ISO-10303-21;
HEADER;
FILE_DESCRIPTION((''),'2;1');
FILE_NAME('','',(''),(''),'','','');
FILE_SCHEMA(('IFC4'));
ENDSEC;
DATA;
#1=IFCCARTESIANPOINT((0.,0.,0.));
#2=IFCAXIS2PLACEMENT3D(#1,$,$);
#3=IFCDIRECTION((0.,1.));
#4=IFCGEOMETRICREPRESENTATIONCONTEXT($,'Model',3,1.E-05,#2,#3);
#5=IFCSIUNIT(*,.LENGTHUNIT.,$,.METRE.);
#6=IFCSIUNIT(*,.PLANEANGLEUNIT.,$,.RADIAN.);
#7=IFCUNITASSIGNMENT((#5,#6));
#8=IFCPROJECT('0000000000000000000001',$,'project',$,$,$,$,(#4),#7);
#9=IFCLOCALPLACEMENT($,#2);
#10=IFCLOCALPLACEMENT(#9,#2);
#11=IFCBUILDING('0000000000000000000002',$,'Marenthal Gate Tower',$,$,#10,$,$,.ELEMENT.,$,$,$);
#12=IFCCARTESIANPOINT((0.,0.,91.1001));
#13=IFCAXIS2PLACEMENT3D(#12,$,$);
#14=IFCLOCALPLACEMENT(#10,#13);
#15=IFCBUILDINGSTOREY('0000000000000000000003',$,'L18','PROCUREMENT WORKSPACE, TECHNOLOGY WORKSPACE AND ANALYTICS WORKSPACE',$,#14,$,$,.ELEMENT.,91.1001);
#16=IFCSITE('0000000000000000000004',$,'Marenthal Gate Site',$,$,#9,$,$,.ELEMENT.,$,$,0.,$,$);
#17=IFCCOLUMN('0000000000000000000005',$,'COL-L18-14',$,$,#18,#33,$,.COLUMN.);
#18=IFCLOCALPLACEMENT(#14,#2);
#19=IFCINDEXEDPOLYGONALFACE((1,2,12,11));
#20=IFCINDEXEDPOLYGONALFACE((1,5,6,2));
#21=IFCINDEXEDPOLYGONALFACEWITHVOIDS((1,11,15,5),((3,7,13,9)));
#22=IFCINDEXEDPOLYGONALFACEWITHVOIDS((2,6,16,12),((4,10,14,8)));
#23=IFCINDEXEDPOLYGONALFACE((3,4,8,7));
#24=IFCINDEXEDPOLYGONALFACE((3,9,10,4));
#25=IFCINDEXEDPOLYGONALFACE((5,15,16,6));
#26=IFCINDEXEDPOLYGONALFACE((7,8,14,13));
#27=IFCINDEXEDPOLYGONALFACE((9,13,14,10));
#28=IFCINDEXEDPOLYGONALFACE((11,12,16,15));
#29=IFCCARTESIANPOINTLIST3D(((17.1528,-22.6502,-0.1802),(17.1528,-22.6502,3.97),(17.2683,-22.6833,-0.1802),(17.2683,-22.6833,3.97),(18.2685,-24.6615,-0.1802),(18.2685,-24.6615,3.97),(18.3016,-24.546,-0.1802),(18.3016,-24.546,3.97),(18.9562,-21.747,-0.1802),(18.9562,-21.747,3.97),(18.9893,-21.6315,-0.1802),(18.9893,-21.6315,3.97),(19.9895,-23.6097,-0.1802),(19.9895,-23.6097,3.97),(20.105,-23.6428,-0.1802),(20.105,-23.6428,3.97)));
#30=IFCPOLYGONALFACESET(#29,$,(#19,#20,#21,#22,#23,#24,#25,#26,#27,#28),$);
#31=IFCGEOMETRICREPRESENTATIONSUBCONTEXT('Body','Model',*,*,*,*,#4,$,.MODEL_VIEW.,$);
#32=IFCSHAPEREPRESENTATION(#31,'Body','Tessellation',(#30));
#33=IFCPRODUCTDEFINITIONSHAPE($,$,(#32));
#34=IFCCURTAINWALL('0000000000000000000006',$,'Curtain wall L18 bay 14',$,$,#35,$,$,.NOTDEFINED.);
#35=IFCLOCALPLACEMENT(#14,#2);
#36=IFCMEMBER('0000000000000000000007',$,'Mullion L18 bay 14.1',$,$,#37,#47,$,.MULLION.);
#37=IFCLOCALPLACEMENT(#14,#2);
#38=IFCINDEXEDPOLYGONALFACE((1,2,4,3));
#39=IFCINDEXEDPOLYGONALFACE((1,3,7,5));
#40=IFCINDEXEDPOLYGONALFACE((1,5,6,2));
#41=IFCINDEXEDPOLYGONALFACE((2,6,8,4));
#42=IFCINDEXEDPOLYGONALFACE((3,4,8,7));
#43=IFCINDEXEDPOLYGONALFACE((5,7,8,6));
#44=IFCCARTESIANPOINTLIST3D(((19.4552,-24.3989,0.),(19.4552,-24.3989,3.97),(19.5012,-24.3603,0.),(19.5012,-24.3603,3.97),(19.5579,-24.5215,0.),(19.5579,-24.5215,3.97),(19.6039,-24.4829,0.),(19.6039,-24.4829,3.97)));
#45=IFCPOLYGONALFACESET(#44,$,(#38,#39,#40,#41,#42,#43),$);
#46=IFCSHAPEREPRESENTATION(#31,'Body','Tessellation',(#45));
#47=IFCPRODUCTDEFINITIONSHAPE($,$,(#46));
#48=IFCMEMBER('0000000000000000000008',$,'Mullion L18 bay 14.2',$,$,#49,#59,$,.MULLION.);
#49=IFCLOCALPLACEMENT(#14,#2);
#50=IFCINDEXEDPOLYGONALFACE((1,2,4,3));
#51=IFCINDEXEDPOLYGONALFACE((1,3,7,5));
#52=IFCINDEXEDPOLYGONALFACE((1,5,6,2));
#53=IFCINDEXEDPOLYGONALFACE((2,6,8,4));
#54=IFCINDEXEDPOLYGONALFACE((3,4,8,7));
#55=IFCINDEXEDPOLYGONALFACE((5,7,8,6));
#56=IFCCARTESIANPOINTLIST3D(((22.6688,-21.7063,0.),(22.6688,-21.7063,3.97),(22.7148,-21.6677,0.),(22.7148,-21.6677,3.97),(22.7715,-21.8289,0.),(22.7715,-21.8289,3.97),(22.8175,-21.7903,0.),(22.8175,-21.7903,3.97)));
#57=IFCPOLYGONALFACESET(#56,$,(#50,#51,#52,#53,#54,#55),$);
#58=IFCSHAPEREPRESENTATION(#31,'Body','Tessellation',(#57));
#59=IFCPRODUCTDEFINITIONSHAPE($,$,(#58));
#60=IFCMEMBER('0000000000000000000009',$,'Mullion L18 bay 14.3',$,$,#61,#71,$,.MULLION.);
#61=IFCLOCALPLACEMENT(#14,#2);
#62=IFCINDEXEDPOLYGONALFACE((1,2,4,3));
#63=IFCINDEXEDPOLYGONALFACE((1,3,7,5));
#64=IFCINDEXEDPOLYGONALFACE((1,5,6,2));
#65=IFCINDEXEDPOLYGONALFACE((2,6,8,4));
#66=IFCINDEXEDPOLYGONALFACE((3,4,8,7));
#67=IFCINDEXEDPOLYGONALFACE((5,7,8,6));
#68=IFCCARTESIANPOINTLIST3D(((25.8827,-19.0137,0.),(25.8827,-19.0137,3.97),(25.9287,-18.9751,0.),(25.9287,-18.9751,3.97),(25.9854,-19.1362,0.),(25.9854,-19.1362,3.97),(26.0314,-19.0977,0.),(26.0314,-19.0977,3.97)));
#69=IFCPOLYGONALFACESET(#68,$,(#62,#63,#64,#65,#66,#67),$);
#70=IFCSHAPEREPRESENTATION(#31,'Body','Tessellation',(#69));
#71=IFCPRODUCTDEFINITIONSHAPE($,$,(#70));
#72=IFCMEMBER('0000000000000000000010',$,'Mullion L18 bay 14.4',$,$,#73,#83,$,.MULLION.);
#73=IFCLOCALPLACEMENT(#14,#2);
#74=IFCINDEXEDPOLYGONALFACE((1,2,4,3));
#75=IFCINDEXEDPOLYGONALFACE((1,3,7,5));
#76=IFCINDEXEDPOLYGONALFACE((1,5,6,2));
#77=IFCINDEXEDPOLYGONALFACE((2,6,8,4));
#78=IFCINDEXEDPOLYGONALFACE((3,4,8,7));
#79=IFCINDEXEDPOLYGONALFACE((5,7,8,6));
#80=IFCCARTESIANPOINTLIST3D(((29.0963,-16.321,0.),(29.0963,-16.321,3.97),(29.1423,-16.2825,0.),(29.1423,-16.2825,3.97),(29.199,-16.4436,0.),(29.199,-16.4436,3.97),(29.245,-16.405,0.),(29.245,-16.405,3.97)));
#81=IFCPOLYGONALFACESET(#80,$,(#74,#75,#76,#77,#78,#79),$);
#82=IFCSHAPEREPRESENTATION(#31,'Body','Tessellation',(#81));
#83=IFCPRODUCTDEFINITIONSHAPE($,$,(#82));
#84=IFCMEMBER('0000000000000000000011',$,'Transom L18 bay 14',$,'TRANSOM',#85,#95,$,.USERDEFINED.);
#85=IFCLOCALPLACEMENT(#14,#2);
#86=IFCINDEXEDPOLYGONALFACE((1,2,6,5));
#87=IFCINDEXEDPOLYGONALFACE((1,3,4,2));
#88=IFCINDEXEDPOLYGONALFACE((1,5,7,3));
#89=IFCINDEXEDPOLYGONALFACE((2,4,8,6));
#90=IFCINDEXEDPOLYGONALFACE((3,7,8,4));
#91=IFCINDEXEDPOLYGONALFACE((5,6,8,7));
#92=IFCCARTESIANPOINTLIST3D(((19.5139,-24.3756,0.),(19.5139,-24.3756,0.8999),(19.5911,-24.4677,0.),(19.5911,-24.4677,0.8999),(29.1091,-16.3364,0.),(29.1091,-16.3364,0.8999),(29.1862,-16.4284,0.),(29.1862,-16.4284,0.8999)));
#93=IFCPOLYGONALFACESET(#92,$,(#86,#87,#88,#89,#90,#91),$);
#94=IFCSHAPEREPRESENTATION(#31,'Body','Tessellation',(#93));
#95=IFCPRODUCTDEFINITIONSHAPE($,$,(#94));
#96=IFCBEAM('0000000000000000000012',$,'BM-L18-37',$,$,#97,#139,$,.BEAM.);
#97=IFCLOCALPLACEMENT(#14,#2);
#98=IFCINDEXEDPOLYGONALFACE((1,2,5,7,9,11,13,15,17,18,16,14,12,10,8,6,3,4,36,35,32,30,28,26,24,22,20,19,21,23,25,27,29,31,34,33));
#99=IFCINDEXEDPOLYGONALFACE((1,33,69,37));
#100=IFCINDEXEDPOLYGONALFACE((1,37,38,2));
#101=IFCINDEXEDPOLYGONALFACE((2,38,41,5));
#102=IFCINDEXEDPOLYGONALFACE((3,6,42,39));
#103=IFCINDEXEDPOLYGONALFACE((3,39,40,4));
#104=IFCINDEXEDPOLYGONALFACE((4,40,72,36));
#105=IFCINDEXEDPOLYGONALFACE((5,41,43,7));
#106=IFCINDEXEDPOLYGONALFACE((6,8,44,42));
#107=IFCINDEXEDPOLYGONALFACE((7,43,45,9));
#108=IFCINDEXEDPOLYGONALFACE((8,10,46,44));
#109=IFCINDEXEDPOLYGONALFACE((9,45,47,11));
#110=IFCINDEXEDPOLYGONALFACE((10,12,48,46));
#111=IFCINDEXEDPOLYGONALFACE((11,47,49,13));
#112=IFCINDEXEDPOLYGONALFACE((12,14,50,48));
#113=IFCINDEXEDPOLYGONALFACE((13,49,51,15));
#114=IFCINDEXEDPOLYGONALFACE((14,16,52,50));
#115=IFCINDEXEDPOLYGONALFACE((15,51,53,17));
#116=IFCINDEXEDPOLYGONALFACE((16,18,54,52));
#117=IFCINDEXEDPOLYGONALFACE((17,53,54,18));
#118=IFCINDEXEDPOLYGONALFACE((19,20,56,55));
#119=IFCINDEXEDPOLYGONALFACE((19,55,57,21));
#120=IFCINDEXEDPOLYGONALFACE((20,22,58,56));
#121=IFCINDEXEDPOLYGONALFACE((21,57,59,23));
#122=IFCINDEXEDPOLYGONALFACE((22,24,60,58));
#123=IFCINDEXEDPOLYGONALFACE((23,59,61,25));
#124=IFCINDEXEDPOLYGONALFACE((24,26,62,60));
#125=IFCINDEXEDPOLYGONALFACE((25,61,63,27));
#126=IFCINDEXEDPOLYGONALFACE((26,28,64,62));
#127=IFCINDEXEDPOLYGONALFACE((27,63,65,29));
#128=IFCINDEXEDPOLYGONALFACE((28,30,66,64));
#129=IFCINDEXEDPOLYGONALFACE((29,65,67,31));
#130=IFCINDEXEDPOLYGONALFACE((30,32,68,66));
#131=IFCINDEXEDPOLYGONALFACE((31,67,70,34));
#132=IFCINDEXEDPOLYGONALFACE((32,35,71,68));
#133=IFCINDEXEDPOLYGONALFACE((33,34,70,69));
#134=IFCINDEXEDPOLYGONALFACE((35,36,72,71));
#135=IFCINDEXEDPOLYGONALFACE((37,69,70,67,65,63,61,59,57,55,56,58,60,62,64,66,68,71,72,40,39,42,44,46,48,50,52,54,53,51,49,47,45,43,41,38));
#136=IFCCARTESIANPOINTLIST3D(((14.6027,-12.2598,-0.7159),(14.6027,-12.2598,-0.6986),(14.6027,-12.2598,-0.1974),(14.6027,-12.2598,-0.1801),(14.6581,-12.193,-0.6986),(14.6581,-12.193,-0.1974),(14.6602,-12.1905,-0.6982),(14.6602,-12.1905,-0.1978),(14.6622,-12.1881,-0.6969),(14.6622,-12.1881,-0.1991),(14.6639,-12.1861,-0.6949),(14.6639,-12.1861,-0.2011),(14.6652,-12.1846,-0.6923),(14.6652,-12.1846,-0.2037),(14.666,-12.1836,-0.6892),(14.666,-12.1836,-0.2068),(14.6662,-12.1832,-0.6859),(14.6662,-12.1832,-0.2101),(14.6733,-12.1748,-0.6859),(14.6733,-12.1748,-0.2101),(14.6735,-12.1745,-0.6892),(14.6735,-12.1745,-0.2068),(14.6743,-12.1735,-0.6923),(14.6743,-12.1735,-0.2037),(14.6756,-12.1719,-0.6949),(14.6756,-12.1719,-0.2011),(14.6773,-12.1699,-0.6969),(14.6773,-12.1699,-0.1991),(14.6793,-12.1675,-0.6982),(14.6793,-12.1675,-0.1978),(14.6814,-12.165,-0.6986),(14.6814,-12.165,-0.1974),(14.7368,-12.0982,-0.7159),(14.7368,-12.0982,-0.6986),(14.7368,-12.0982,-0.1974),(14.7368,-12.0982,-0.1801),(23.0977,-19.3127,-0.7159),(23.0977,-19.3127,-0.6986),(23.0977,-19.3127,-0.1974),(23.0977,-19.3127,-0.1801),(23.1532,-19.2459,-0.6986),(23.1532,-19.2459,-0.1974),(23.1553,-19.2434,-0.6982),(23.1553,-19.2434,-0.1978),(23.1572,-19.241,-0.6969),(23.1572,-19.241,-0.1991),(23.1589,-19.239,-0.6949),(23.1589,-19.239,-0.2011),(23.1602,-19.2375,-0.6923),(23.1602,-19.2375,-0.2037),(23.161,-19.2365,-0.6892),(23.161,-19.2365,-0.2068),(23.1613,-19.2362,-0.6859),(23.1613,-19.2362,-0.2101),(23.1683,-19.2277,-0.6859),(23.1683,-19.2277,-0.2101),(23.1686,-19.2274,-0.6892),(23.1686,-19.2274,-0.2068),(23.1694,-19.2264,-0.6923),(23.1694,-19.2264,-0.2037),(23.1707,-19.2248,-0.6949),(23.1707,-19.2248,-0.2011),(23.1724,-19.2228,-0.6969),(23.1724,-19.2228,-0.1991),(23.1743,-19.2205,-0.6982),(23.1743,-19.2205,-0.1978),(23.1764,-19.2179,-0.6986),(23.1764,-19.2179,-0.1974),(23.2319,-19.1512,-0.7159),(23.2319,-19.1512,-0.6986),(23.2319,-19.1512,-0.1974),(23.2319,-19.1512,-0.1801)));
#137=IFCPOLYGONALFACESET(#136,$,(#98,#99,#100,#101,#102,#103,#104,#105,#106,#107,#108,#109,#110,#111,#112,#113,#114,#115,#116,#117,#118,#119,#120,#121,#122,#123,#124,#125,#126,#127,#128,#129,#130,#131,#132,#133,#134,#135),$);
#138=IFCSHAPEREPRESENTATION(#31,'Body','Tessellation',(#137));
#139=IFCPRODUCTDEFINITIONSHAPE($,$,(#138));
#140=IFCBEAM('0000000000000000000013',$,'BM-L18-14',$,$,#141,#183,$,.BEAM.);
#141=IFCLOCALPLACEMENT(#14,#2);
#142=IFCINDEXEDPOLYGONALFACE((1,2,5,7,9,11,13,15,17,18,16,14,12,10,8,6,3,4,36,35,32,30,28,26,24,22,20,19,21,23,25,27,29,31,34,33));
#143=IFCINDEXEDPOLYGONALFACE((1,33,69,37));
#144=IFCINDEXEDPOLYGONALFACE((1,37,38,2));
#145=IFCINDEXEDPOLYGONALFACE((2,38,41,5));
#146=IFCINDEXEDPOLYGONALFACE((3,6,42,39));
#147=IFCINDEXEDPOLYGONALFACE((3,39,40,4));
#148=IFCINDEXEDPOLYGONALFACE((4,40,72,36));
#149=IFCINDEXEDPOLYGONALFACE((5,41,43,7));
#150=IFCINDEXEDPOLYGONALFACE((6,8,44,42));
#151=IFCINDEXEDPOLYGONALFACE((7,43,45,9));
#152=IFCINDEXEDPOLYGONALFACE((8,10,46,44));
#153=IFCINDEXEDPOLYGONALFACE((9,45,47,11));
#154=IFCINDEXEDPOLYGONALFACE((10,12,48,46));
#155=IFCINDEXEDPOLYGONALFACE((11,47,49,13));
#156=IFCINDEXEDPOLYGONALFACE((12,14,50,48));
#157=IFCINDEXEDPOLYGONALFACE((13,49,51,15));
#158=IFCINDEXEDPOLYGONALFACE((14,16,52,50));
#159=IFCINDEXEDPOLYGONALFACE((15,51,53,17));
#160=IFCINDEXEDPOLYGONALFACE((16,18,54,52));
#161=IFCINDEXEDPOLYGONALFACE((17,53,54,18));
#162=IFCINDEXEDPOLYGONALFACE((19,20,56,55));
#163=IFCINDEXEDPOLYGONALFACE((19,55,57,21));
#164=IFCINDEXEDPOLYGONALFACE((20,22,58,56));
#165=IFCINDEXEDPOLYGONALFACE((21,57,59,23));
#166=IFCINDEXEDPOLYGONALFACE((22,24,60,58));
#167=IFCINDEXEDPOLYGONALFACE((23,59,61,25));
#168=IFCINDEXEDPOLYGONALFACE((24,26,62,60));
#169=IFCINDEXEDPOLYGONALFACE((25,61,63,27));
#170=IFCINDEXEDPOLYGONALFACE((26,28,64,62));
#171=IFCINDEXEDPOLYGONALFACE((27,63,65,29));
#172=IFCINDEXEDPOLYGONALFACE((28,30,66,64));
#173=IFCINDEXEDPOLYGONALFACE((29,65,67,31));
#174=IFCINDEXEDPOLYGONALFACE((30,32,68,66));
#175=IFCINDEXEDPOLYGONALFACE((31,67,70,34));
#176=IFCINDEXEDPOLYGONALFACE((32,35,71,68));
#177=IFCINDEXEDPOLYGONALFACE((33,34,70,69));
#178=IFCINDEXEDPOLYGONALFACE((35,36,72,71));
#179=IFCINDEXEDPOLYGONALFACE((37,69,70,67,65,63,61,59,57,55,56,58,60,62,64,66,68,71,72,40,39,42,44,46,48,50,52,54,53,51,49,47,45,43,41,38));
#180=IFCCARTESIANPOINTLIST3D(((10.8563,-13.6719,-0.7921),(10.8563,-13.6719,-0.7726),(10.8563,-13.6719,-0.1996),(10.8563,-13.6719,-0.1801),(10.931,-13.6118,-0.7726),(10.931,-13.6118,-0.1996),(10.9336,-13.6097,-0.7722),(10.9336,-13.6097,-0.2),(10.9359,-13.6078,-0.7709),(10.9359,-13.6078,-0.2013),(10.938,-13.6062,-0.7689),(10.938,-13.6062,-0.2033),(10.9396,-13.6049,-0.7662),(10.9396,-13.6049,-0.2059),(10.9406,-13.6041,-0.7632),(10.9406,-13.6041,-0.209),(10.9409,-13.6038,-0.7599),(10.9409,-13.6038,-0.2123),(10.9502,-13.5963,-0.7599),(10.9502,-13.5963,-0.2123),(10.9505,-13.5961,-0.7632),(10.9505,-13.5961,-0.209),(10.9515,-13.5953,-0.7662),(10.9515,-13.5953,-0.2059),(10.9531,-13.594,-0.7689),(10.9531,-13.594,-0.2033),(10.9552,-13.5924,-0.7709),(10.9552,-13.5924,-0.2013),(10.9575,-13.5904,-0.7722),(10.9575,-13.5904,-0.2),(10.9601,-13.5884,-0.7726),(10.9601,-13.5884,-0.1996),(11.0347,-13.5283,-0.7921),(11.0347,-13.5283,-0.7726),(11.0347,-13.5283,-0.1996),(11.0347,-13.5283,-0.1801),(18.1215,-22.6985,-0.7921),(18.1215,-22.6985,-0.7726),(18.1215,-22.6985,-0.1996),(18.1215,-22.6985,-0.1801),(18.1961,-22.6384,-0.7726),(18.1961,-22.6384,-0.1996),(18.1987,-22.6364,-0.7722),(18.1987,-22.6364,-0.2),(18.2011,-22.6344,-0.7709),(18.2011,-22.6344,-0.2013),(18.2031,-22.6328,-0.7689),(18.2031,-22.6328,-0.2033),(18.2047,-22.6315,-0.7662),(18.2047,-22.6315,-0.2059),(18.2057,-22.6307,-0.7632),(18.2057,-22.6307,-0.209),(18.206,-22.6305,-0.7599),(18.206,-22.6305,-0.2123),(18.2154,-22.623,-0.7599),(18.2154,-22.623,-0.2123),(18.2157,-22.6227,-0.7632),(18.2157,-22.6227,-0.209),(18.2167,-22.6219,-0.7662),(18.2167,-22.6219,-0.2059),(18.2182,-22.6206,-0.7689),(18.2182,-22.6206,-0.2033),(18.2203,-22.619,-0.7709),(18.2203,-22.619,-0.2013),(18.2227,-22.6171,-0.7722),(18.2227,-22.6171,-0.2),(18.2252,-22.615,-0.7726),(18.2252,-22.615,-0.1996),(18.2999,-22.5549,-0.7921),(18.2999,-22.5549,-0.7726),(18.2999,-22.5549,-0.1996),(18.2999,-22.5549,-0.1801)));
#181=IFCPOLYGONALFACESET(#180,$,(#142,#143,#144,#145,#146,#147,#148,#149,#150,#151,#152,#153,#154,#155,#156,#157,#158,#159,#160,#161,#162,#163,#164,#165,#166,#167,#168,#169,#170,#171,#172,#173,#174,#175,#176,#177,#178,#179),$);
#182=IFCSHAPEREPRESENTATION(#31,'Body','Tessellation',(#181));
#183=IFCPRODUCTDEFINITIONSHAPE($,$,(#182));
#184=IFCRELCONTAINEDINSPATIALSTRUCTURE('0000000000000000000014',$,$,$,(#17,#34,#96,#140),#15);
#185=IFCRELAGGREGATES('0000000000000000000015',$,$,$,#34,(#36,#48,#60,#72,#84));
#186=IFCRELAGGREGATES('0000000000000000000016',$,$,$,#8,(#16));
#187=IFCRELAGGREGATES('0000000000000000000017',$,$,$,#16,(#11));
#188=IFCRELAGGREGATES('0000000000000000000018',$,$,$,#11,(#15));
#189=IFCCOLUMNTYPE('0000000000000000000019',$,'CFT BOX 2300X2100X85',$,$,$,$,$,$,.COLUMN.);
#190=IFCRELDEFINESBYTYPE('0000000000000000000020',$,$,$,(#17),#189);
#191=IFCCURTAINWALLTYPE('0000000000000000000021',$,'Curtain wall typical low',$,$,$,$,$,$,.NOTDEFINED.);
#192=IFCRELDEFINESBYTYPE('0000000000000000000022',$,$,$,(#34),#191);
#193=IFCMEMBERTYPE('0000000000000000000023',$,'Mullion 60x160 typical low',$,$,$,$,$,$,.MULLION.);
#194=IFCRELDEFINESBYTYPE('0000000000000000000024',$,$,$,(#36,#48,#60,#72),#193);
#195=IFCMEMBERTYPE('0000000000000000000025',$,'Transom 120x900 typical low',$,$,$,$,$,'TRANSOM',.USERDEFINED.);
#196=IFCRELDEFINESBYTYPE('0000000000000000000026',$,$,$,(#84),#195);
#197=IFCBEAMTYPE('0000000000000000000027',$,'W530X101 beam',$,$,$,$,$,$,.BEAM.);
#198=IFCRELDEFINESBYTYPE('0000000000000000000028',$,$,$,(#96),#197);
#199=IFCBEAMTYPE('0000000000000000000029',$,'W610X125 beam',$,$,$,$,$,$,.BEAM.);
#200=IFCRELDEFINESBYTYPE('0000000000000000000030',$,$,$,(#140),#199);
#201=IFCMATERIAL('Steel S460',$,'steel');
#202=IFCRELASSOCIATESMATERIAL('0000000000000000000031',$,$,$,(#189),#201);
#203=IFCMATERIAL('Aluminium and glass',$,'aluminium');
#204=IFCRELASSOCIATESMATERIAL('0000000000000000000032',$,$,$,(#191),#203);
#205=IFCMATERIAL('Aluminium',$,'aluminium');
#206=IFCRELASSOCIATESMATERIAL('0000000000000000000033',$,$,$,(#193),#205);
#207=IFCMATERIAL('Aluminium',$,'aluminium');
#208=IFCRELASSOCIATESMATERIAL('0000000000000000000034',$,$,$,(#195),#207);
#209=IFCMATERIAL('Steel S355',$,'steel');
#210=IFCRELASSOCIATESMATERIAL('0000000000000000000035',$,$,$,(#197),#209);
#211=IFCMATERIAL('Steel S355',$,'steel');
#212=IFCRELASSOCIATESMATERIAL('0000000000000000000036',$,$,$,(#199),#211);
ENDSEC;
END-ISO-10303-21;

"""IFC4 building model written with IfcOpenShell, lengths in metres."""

from ifc_helpers import new_model, si_unit, direction, frame, origin, origin_2d, place, context, subcontext, project, spatial, rectangle, hollow_rectangle, i_section, extrude, material, material_profile, profile_set, type_object, element, aggregate, save


model = new_model("IFC4")

# Units and contexts
model_context = context("Model", 3, precision=1e-05, world=origin(), true_north=direction((0.0, 1.0)))
body_context = subcontext(model_context, "Body", "Model", "MODEL_VIEW")
ifc_project = project(units=[si_unit("LENGTHUNIT", "METRE"), si_unit("PLANEANGLEUNIT", "RADIAN")], contexts=[model_context])

# Site, building, storey
site_placement = place(None, origin())
site = spatial("IfcSite", under=ifc_project, at=site_placement, Name="Marenthal Gate Site", CompositionType="ELEMENT", RefElevation=0.0)
building_placement = place(site_placement, origin())
building = spatial("IfcBuilding", under=site, at=building_placement, Name="Marenthal Gate Tower", CompositionType="ELEMENT")
storey_placement = place(building_placement, frame((0.0, 0.0, 91.1001)))
storey = spatial("IfcBuildingStorey", under=building, at=storey_placement, Name="L18", Description="PROCUREMENT WORKSPACE, TECHNOLOGY WORKSPACE AND ANALYTICS WORKSPACE", CompositionType="ELEMENT", Elevation=91.1001)

# Column
ifc_material_1 = material(Name="Steel S460", Category="steel")
ifc_material_profile_1 = material_profile(ifc_material_1, hollow_rectangle(XDim=2.1001, YDim=2.3, WallThickness=0.085, at=origin_2d()), Name="CFT BOX 2300X2100X85")
ifc_material_2 = material(Name="Concrete 70 MPa", Category="concrete")
ifc_material_profile_2 = material_profile(ifc_material_2, rectangle(XDim=1.9299, YDim=2.1299, at=origin_2d()), Name="CFT BOX 2300X2100X85 INFILL")
ifc_profile_set_1 = profile_set([ifc_material_profile_1, ifc_material_profile_2], Name="Steel S460 shell, Concrete 70 MPa infill")
column_type = type_object("IfcColumnType", Name="CFT BOX 2300X2100X85", PredefinedType="COLUMN", material=ifc_profile_set_1)
column_placement = place(storey_placement, frame((18.6289, -23.1465, -0.1802), z_axis=(0.0, 0.0, 1.0), x_axis=(-0.874462, -0.485094, 0.0)))
element("IfcColumn", 1, at=column_placement, inside=storey, type_object=column_type, Name="COL-L18-14", PredefinedType="COLUMN", context=body_context, shape_type="SweptSolid", body=[
    extrude(hollow_rectangle(XDim=2.1001, YDim=2.3, WallThickness=0.085, at=origin_2d()), origin(), (0.0, 0.0, 1.0), 4.1501),
])

# Curtain wall, members
ifc_material_3 = material(Name="Aluminium and glass", Category="aluminium")
curtain_wall_type = type_object("IfcCurtainWallType", Name="Curtain wall typical low", PredefinedType="NOTDEFINED", material=ifc_material_3)
curtain_wall_placement = place(storey_placement, origin())
curtain_wall = element("IfcCurtainWall", 2, at=curtain_wall_placement, inside=storey, type_object=curtain_wall_type, Name="Curtain wall L18 bay 14", PredefinedType="NOTDEFINED")
ifc_material_4 = material(Name="Aluminium", Category="aluminium")
ifc_material_profile_3 = material_profile(ifc_material_4, rectangle(XDim=0.1599, YDim=0.0601, at=origin_2d()), Name="60x160 aluminium mullion")
ifc_profile_set_2 = profile_set([ifc_material_profile_3], Name="Aluminium")
member_type_1 = type_object("IfcMemberType", Name="Mullion 60x160 typical low", PredefinedType="MULLION", material=ifc_profile_set_2)
member_1_placement = place(storey_placement, frame((19.5295, -24.4409, 0.0), z_axis=(0.0, 0.0, 1.0), x_axis=(-0.642228, 0.766513, 0.0)))
member_1 = element("IfcMember", 3, at=member_1_placement, type_object=member_type_1, Name="Mullion L18 bay 14.1", PredefinedType="MULLION", context=body_context, shape_type="SweptSolid", body=[
    extrude(rectangle(XDim=0.1599, YDim=0.0601, at=origin_2d()), origin(), (0.0, 0.0, 1.0), 3.97),
])
member_2_placement = place(storey_placement, frame((22.7432, -21.7483, 0.0), z_axis=(0.0, 0.0, 1.0), x_axis=(-0.642228, 0.766513, 0.0)))
member_2 = element("IfcMember", 4, at=member_2_placement, type_object=member_type_1, Name="Mullion L18 bay 14.2", PredefinedType="MULLION", context=body_context, shape_type="SweptSolid", body=[
    extrude(rectangle(XDim=0.1599, YDim=0.0601, at=origin_2d()), origin(), (0.0, 0.0, 1.0), 3.97),
])
member_3_placement = place(storey_placement, frame((25.957, -19.0557, 0.0), z_axis=(0.0, 0.0, 1.0), x_axis=(-0.642228, 0.766513, 0.0)))
member_3 = element("IfcMember", 5, at=member_3_placement, type_object=member_type_1, Name="Mullion L18 bay 14.3", PredefinedType="MULLION", context=body_context, shape_type="SweptSolid", body=[
    extrude(rectangle(XDim=0.1599, YDim=0.0601, at=origin_2d()), origin(), (0.0, 0.0, 1.0), 3.97),
])
member_4_placement = place(storey_placement, frame((29.1707, -16.363, 0.0), z_axis=(0.0, 0.0, 1.0), x_axis=(-0.642228, 0.766513, 0.0)))
member_4 = element("IfcMember", 6, at=member_4_placement, type_object=member_type_1, Name="Mullion L18 bay 14.4", PredefinedType="MULLION", context=body_context, shape_type="SweptSolid", body=[
    extrude(rectangle(XDim=0.1599, YDim=0.0601, at=origin_2d()), origin(), (0.0, 0.0, 1.0), 3.97),
])
ifc_material_5 = material(Name="Aluminium", Category="aluminium")
ifc_material_profile_4 = material_profile(ifc_material_5, rectangle(XDim=0.1201, YDim=0.8999, at=origin_2d()), Name="120x900 aluminium transom")
ifc_profile_set_3 = profile_set([ifc_material_profile_4], Name="Aluminium")
member_type_2 = type_object("IfcMemberType", Name="Transom 120x900 typical low", ElementType="TRANSOM", PredefinedType="USERDEFINED", material=ifc_profile_set_3)
member_5_placement = place(storey_placement, frame((19.5525, -24.4216, 0.45), z_axis=(0.766518, 0.642223, 0.0), x_axis=(-0.642223, 0.766518, 0.0)))
member_5 = element("IfcMember", 7, at=member_5_placement, type_object=member_type_2, Name="Transom L18 bay 14", ObjectType="TRANSOM", PredefinedType="USERDEFINED", context=body_context, shape_type="SweptSolid", body=[
    extrude(rectangle(XDim=0.1201, YDim=0.8999, at=origin_2d()), origin(), (0.0, 0.0, 1.0), 12.5178),
])

# Beams
ifc_material_6 = material(Name="Steel S355", Category="steel")
ifc_material_profile_5 = material_profile(ifc_material_6, i_section(OverallWidth=0.21, OverallDepth=0.5359, WebThickness=0.011, FlangeThickness=0.0173, FilletRadius=0.0127, at=origin_2d()), Name="W530X101")
ifc_profile_set_4 = profile_set([ifc_material_profile_5], Name="Steel S355")
beam_type_1 = type_object("IfcBeamType", Name="W530X101 beam", PredefinedType="BEAM", material=ifc_profile_set_4)
beam_1_placement = place(storey_placement, frame((23.1648, -19.2319, -0.448), z_axis=(-0.769391, 0.638778, 0.0), x_axis=(-0.638778, -0.769391, 0.0)))
element("IfcBeam", 8, at=beam_1_placement, inside=storey, type_object=beam_type_1, Name="BM-L18-37", PredefinedType="BEAM", context=body_context, shape_type="SweptSolid", body=[
    extrude(i_section(OverallWidth=0.21, OverallDepth=0.5359, WebThickness=0.011, FlangeThickness=0.0173, FilletRadius=0.0127, at=origin_2d()), origin(), (0.0, 0.0, 1.0), 11.0413),
])
ifc_material_7 = material(Name="Steel S355", Category="steel")
ifc_material_profile_6 = material_profile(ifc_material_7, i_section(OverallWidth=0.229, OverallDepth=0.6121, WebThickness=0.012, FlangeThickness=0.0195, FilletRadius=0.0127, at=origin_2d()), Name="W610X125")
ifc_profile_set_5 = profile_set([ifc_material_profile_6], Name="Steel S355")
beam_type_2 = type_object("IfcBeamType", Name="W610X125 beam", PredefinedType="BEAM", material=ifc_profile_set_5)
beam_2_placement = place(storey_placement, frame((18.2107, -22.6267, -0.4861), z_axis=(-0.627, 0.779019, 0.0), x_axis=(-0.779019, -0.627, 0.0)))
element("IfcBeam", 9, at=beam_2_placement, inside=storey, type_object=beam_type_2, Name="BM-L18-14", PredefinedType="BEAM", context=body_context, shape_type="SweptSolid", body=[
    extrude(i_section(OverallWidth=0.229, OverallDepth=0.6121, WebThickness=0.012, FlangeThickness=0.0195, FilletRadius=0.0127, at=origin_2d()), origin(), (0.0, 0.0, 1.0), 11.5872),
])

aggregate(curtain_wall, [member_1, member_2, member_3, member_4, member_5])

save(model, "model.ifc")
